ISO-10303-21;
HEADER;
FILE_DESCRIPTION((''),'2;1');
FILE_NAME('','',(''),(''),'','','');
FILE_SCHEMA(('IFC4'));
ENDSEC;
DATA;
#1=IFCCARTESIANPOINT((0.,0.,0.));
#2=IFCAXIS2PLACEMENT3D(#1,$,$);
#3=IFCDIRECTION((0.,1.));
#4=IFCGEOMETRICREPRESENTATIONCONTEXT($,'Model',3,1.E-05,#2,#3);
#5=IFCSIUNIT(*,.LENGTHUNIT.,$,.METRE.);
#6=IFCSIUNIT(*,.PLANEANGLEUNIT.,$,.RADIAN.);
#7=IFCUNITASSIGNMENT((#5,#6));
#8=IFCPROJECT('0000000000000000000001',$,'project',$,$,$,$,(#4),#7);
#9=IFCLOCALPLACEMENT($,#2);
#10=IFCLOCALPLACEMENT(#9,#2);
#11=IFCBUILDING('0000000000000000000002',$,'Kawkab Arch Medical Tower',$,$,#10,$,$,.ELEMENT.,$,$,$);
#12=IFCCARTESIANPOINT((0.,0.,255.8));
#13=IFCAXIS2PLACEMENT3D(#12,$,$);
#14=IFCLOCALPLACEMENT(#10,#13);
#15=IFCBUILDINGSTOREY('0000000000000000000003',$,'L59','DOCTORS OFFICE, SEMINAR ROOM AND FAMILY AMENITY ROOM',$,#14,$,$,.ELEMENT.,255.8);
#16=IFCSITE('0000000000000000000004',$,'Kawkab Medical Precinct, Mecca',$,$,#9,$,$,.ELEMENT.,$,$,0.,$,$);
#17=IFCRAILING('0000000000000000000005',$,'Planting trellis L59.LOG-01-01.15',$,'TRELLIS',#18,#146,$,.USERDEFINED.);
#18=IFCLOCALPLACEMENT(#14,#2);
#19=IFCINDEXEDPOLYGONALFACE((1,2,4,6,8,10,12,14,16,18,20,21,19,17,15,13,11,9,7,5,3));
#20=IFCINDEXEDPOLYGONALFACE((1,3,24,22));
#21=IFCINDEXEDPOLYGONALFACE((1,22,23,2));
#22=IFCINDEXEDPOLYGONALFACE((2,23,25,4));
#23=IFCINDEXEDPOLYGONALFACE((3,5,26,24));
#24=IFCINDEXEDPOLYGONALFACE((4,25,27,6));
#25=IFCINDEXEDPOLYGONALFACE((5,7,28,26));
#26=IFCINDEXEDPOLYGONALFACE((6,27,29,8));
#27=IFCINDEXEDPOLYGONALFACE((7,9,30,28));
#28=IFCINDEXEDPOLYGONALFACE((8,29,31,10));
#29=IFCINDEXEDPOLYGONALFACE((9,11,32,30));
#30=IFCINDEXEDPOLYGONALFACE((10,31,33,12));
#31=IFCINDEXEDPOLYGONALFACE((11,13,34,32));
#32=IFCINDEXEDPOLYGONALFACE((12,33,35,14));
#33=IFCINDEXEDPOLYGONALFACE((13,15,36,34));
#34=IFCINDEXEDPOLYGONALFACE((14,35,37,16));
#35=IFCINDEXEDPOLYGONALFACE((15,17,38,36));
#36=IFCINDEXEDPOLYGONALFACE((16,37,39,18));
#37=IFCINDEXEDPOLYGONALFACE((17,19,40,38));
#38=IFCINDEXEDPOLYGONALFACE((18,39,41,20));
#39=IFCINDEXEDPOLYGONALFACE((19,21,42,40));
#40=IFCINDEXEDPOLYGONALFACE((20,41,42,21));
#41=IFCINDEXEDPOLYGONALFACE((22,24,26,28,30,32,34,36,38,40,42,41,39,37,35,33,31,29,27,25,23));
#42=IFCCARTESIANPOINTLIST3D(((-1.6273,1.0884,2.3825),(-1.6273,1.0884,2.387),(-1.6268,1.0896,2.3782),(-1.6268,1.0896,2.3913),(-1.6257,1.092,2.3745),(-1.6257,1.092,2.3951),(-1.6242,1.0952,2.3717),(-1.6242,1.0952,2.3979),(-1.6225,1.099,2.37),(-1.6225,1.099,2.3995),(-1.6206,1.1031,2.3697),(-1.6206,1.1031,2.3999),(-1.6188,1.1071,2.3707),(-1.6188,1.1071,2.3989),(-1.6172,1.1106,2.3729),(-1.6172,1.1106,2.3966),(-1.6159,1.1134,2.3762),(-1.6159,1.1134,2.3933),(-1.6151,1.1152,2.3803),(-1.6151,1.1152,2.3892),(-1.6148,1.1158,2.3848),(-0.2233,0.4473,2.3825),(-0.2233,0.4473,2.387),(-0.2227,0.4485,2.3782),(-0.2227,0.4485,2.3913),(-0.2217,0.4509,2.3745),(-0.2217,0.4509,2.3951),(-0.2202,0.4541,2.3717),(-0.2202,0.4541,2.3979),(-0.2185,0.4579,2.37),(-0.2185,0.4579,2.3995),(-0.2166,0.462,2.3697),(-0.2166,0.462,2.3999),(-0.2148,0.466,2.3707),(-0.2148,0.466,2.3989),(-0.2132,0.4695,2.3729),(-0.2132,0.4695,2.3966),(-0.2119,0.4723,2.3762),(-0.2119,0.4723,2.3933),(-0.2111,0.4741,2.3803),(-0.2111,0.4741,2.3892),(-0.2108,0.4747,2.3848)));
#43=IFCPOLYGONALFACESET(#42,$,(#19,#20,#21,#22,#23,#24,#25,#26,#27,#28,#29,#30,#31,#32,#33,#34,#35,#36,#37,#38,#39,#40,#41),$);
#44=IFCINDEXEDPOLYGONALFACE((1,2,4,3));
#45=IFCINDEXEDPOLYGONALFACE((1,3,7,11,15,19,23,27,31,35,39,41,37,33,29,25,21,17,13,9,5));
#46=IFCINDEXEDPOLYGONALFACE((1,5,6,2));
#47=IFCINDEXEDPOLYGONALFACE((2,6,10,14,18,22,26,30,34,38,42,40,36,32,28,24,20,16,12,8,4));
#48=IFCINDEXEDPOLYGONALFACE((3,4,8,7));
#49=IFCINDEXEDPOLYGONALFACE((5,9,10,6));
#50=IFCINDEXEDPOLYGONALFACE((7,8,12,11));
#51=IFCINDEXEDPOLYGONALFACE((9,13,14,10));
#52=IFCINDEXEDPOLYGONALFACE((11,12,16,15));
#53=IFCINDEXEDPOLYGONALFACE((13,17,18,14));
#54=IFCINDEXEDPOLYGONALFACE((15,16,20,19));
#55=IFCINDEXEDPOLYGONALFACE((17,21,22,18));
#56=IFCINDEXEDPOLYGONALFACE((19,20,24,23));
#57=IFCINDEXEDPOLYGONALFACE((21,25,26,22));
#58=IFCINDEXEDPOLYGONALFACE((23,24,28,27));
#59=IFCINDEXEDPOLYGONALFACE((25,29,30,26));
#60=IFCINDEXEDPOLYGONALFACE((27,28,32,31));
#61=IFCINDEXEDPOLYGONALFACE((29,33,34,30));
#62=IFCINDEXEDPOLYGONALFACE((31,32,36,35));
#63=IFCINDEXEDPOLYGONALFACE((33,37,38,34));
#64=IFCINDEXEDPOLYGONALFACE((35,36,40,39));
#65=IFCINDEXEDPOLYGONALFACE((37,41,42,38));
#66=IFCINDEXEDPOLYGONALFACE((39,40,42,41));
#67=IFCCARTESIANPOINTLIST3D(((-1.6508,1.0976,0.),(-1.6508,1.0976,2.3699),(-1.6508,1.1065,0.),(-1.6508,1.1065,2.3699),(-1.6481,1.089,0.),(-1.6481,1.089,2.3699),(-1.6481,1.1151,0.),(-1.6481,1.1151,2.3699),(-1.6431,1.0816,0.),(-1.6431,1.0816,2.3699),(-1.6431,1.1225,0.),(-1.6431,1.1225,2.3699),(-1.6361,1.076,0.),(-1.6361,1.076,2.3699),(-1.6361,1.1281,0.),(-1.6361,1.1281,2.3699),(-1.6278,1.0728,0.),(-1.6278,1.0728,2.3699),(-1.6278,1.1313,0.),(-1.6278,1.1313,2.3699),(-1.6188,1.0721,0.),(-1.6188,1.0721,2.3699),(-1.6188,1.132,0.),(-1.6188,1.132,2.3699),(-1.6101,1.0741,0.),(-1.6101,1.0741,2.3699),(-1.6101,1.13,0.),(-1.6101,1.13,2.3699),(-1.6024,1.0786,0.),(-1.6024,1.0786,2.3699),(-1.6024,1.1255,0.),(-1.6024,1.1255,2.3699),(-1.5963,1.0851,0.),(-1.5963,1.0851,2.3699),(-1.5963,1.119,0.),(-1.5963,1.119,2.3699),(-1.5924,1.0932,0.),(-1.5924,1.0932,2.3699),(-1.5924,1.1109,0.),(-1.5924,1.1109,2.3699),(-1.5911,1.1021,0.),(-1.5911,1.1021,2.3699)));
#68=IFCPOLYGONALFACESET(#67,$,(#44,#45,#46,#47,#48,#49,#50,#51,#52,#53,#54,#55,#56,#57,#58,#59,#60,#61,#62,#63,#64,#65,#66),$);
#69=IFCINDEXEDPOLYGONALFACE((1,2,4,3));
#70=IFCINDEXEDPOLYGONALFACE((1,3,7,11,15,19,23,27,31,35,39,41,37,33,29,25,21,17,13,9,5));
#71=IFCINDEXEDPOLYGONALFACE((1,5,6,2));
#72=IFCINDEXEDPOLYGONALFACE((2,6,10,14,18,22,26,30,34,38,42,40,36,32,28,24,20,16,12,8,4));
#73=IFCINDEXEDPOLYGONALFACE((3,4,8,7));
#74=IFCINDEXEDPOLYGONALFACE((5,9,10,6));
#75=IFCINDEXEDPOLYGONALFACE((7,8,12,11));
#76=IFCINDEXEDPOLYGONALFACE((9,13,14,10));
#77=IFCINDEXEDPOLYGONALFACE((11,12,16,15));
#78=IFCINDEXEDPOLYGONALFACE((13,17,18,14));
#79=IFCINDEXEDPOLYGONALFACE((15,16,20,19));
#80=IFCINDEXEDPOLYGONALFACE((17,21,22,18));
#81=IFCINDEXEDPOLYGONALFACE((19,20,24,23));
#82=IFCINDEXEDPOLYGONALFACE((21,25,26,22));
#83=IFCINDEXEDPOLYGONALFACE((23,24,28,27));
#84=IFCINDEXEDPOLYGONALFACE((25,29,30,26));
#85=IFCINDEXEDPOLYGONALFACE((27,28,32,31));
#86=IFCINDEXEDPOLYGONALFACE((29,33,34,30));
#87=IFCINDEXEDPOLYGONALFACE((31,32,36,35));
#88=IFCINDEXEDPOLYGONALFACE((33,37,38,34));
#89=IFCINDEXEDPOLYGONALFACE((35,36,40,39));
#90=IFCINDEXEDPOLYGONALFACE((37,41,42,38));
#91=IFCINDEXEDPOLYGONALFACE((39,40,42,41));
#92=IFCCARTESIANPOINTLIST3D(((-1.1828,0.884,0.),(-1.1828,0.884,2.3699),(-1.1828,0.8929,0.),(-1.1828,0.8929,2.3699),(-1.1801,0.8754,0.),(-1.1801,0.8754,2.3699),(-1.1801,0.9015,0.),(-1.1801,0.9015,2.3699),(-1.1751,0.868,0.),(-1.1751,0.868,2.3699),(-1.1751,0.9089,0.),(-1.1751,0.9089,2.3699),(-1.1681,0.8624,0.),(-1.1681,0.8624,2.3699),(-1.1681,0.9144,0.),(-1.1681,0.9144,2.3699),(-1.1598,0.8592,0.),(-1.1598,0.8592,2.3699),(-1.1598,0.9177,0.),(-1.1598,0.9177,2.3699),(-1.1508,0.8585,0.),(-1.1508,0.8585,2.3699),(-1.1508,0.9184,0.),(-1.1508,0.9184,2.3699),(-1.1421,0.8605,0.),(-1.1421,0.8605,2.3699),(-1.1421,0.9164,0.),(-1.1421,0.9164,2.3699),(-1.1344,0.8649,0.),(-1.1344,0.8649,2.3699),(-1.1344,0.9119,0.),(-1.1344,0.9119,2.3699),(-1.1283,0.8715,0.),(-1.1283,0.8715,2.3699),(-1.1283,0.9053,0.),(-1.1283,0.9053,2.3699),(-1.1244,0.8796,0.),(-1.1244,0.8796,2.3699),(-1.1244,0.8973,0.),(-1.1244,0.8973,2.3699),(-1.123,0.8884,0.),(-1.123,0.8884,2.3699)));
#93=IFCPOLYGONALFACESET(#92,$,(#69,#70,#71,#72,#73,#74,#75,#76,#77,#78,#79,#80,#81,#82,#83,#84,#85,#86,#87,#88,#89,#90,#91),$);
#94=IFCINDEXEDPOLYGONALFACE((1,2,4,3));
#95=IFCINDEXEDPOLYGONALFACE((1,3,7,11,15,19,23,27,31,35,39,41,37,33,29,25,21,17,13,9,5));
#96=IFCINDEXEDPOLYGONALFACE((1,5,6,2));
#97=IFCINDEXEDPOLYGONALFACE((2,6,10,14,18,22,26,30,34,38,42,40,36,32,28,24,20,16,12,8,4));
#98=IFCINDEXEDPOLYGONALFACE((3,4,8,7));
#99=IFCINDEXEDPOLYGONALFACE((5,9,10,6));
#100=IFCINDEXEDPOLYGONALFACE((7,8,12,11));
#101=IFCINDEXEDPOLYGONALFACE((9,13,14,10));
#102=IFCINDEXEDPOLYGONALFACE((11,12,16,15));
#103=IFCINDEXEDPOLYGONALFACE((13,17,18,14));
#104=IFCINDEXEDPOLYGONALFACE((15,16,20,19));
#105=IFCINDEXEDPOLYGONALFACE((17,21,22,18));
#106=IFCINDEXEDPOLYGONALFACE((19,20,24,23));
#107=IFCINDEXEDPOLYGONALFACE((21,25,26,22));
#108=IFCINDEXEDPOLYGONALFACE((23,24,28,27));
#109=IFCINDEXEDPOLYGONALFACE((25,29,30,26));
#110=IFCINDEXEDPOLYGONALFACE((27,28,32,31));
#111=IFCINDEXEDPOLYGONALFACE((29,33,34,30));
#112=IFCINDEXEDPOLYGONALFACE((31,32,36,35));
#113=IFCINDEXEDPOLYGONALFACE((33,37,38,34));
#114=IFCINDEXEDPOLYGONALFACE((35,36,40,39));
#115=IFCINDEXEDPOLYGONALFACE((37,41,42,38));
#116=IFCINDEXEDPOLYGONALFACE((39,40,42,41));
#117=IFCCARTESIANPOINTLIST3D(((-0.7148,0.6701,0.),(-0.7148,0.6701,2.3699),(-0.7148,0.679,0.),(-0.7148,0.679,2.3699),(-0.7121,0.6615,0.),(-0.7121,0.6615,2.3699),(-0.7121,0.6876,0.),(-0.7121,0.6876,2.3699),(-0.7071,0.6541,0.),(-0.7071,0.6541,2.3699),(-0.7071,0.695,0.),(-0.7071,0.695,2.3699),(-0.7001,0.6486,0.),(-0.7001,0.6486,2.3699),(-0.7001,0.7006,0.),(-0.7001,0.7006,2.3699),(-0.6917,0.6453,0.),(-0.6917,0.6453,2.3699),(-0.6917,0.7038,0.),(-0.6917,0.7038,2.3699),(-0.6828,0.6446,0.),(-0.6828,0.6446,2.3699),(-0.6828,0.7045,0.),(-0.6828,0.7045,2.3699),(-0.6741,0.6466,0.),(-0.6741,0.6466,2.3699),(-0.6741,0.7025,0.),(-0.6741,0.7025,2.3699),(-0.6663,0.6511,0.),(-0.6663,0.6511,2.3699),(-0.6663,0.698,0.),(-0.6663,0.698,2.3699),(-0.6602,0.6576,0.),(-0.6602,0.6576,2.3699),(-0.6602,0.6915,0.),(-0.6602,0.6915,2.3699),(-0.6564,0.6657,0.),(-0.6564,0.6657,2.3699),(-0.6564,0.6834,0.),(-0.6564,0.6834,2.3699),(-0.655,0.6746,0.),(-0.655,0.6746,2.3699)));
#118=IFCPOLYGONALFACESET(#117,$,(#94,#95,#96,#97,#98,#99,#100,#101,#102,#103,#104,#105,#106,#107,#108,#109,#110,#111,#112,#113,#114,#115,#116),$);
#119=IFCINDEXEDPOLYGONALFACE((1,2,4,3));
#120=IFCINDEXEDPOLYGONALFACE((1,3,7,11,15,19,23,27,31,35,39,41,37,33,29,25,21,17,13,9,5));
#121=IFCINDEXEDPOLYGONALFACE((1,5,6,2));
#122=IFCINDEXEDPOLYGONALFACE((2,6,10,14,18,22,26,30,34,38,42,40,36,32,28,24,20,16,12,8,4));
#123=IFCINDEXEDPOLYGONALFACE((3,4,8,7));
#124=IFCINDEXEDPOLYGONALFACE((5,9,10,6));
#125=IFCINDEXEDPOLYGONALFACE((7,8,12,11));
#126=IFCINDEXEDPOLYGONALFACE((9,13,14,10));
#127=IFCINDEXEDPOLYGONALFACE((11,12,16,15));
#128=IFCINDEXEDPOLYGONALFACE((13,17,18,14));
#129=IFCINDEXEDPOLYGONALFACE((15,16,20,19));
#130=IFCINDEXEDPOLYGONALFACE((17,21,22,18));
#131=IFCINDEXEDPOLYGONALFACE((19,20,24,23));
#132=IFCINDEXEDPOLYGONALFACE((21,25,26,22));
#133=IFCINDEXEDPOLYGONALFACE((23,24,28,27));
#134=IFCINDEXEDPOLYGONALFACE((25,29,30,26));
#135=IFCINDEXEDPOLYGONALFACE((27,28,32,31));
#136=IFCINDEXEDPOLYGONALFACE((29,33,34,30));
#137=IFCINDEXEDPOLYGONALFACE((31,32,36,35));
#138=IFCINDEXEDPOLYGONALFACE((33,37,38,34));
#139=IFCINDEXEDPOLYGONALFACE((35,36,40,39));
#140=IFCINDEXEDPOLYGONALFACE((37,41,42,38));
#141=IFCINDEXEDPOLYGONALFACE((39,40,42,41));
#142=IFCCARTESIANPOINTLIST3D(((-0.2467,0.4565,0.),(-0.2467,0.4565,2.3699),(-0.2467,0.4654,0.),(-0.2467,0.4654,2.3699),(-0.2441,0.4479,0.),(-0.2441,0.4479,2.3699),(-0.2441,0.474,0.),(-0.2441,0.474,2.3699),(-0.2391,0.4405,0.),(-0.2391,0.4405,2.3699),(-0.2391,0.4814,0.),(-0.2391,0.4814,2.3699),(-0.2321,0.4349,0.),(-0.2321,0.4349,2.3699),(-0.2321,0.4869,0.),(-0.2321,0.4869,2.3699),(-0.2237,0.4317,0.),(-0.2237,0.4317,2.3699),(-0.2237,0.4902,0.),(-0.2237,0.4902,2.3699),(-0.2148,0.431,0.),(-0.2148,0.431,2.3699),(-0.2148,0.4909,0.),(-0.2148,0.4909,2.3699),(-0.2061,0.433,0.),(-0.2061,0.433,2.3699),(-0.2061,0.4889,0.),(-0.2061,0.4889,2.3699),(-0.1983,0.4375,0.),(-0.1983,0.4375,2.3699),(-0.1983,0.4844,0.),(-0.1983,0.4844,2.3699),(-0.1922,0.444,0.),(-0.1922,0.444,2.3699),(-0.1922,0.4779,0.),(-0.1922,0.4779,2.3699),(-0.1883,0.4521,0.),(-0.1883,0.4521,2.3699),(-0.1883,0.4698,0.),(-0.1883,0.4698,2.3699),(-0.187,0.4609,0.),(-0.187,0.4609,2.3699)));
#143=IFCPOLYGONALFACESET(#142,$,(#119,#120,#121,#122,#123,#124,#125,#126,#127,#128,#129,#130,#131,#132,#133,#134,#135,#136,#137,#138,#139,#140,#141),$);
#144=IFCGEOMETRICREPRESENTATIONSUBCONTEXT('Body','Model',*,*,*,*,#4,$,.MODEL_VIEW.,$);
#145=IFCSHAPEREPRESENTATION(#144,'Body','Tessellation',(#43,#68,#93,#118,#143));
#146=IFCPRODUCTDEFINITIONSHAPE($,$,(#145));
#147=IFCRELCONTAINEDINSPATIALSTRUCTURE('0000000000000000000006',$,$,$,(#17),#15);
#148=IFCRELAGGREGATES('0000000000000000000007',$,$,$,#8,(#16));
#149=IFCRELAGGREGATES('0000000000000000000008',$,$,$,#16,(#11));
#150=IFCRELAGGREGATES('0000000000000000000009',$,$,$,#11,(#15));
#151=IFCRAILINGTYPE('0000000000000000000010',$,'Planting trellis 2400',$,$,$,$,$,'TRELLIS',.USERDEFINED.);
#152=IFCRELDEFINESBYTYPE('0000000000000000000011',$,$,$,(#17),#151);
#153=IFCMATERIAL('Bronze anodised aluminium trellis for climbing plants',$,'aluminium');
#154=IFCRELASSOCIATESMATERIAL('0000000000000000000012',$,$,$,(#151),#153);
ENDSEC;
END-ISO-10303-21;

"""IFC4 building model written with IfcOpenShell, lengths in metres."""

from ifc_helpers import new_model, si_unit, direction, frame, origin, origin_2d, place, context, subcontext, project, spatial, circle, extrude, material, type_object, element, save


model = new_model("IFC4")

# Units and contexts
model_context = context("Model", 3, precision=1e-05, world=origin(), true_north=direction((0.0, 1.0)))
body_context = subcontext(model_context, "Body", "Model", "MODEL_VIEW")
ifc_project = project(units=[si_unit("LENGTHUNIT", "METRE"), si_unit("PLANEANGLEUNIT", "RADIAN")], contexts=[model_context])

# Site, building, storey
site_placement = place(None, origin())
site = spatial("IfcSite", under=ifc_project, at=site_placement, Name="Kawkab Medical Precinct, Mecca", CompositionType="ELEMENT", RefElevation=0.0)
building_placement = place(site_placement, origin())
building = spatial("IfcBuilding", under=site, at=building_placement, Name="Kawkab Arch Medical Tower", CompositionType="ELEMENT")
storey_placement = place(building_placement, frame((0.0, 0.0, 255.8)))
storey = spatial("IfcBuildingStorey", under=building, at=storey_placement, Name="L59", Description="DOCTORS OFFICE, SEMINAR ROOM AND FAMILY AMENITY ROOM", CompositionType="ELEMENT", Elevation=255.8)

# Railing
ifc_material_1 = material(Name="Bronze anodised aluminium trellis for climbing plants", Category="aluminium")
railing_type = type_object("IfcRailingType", Name="Planting trellis 2400", ElementType="TRELLIS", PredefinedType="USERDEFINED", material=ifc_material_1)
railing_1_placement = place(storey_placement, frame((-1.6211, 1.1021, 0.0)))
element("IfcRailing", 1, at=railing_1_placement, inside=storey, type_object=railing_type, Name="Planting trellis L59.LOG-01-01.15", ObjectType="TRELLIS", PredefinedType="USERDEFINED", context=body_context, shape_type="SweptSolid", body=[
    extrude(circle(Radius=0.0151, at=origin_2d()), frame((0.0, 0.0, 2.3848), z_axis=(0.909656, -0.415363, 0.0), x_axis=(0.415363, 0.909656, 0.0)), (0.0, 0.0, 1.0), 1.5435),
    extrude(circle(Radius=0.03, at=origin_2d()), origin(), (0.0, 0.0, 1.0), 2.3699),
    extrude(circle(Radius=0.03, at=origin_2d()), frame((0.468, -0.2136, 0.0)), (0.0, 0.0, 1.0), 2.3699),
    extrude(circle(Radius=0.03, at=origin_2d()), frame((0.936, -0.4275, 0.0)), (0.0, 0.0, 1.0), 2.3699),
    extrude(circle(Radius=0.03, at=origin_2d()), frame((1.4041, -0.6411, 0.0)), (0.0, 0.0, 1.0), 2.3699),
])

save(model, "model.ifc")
